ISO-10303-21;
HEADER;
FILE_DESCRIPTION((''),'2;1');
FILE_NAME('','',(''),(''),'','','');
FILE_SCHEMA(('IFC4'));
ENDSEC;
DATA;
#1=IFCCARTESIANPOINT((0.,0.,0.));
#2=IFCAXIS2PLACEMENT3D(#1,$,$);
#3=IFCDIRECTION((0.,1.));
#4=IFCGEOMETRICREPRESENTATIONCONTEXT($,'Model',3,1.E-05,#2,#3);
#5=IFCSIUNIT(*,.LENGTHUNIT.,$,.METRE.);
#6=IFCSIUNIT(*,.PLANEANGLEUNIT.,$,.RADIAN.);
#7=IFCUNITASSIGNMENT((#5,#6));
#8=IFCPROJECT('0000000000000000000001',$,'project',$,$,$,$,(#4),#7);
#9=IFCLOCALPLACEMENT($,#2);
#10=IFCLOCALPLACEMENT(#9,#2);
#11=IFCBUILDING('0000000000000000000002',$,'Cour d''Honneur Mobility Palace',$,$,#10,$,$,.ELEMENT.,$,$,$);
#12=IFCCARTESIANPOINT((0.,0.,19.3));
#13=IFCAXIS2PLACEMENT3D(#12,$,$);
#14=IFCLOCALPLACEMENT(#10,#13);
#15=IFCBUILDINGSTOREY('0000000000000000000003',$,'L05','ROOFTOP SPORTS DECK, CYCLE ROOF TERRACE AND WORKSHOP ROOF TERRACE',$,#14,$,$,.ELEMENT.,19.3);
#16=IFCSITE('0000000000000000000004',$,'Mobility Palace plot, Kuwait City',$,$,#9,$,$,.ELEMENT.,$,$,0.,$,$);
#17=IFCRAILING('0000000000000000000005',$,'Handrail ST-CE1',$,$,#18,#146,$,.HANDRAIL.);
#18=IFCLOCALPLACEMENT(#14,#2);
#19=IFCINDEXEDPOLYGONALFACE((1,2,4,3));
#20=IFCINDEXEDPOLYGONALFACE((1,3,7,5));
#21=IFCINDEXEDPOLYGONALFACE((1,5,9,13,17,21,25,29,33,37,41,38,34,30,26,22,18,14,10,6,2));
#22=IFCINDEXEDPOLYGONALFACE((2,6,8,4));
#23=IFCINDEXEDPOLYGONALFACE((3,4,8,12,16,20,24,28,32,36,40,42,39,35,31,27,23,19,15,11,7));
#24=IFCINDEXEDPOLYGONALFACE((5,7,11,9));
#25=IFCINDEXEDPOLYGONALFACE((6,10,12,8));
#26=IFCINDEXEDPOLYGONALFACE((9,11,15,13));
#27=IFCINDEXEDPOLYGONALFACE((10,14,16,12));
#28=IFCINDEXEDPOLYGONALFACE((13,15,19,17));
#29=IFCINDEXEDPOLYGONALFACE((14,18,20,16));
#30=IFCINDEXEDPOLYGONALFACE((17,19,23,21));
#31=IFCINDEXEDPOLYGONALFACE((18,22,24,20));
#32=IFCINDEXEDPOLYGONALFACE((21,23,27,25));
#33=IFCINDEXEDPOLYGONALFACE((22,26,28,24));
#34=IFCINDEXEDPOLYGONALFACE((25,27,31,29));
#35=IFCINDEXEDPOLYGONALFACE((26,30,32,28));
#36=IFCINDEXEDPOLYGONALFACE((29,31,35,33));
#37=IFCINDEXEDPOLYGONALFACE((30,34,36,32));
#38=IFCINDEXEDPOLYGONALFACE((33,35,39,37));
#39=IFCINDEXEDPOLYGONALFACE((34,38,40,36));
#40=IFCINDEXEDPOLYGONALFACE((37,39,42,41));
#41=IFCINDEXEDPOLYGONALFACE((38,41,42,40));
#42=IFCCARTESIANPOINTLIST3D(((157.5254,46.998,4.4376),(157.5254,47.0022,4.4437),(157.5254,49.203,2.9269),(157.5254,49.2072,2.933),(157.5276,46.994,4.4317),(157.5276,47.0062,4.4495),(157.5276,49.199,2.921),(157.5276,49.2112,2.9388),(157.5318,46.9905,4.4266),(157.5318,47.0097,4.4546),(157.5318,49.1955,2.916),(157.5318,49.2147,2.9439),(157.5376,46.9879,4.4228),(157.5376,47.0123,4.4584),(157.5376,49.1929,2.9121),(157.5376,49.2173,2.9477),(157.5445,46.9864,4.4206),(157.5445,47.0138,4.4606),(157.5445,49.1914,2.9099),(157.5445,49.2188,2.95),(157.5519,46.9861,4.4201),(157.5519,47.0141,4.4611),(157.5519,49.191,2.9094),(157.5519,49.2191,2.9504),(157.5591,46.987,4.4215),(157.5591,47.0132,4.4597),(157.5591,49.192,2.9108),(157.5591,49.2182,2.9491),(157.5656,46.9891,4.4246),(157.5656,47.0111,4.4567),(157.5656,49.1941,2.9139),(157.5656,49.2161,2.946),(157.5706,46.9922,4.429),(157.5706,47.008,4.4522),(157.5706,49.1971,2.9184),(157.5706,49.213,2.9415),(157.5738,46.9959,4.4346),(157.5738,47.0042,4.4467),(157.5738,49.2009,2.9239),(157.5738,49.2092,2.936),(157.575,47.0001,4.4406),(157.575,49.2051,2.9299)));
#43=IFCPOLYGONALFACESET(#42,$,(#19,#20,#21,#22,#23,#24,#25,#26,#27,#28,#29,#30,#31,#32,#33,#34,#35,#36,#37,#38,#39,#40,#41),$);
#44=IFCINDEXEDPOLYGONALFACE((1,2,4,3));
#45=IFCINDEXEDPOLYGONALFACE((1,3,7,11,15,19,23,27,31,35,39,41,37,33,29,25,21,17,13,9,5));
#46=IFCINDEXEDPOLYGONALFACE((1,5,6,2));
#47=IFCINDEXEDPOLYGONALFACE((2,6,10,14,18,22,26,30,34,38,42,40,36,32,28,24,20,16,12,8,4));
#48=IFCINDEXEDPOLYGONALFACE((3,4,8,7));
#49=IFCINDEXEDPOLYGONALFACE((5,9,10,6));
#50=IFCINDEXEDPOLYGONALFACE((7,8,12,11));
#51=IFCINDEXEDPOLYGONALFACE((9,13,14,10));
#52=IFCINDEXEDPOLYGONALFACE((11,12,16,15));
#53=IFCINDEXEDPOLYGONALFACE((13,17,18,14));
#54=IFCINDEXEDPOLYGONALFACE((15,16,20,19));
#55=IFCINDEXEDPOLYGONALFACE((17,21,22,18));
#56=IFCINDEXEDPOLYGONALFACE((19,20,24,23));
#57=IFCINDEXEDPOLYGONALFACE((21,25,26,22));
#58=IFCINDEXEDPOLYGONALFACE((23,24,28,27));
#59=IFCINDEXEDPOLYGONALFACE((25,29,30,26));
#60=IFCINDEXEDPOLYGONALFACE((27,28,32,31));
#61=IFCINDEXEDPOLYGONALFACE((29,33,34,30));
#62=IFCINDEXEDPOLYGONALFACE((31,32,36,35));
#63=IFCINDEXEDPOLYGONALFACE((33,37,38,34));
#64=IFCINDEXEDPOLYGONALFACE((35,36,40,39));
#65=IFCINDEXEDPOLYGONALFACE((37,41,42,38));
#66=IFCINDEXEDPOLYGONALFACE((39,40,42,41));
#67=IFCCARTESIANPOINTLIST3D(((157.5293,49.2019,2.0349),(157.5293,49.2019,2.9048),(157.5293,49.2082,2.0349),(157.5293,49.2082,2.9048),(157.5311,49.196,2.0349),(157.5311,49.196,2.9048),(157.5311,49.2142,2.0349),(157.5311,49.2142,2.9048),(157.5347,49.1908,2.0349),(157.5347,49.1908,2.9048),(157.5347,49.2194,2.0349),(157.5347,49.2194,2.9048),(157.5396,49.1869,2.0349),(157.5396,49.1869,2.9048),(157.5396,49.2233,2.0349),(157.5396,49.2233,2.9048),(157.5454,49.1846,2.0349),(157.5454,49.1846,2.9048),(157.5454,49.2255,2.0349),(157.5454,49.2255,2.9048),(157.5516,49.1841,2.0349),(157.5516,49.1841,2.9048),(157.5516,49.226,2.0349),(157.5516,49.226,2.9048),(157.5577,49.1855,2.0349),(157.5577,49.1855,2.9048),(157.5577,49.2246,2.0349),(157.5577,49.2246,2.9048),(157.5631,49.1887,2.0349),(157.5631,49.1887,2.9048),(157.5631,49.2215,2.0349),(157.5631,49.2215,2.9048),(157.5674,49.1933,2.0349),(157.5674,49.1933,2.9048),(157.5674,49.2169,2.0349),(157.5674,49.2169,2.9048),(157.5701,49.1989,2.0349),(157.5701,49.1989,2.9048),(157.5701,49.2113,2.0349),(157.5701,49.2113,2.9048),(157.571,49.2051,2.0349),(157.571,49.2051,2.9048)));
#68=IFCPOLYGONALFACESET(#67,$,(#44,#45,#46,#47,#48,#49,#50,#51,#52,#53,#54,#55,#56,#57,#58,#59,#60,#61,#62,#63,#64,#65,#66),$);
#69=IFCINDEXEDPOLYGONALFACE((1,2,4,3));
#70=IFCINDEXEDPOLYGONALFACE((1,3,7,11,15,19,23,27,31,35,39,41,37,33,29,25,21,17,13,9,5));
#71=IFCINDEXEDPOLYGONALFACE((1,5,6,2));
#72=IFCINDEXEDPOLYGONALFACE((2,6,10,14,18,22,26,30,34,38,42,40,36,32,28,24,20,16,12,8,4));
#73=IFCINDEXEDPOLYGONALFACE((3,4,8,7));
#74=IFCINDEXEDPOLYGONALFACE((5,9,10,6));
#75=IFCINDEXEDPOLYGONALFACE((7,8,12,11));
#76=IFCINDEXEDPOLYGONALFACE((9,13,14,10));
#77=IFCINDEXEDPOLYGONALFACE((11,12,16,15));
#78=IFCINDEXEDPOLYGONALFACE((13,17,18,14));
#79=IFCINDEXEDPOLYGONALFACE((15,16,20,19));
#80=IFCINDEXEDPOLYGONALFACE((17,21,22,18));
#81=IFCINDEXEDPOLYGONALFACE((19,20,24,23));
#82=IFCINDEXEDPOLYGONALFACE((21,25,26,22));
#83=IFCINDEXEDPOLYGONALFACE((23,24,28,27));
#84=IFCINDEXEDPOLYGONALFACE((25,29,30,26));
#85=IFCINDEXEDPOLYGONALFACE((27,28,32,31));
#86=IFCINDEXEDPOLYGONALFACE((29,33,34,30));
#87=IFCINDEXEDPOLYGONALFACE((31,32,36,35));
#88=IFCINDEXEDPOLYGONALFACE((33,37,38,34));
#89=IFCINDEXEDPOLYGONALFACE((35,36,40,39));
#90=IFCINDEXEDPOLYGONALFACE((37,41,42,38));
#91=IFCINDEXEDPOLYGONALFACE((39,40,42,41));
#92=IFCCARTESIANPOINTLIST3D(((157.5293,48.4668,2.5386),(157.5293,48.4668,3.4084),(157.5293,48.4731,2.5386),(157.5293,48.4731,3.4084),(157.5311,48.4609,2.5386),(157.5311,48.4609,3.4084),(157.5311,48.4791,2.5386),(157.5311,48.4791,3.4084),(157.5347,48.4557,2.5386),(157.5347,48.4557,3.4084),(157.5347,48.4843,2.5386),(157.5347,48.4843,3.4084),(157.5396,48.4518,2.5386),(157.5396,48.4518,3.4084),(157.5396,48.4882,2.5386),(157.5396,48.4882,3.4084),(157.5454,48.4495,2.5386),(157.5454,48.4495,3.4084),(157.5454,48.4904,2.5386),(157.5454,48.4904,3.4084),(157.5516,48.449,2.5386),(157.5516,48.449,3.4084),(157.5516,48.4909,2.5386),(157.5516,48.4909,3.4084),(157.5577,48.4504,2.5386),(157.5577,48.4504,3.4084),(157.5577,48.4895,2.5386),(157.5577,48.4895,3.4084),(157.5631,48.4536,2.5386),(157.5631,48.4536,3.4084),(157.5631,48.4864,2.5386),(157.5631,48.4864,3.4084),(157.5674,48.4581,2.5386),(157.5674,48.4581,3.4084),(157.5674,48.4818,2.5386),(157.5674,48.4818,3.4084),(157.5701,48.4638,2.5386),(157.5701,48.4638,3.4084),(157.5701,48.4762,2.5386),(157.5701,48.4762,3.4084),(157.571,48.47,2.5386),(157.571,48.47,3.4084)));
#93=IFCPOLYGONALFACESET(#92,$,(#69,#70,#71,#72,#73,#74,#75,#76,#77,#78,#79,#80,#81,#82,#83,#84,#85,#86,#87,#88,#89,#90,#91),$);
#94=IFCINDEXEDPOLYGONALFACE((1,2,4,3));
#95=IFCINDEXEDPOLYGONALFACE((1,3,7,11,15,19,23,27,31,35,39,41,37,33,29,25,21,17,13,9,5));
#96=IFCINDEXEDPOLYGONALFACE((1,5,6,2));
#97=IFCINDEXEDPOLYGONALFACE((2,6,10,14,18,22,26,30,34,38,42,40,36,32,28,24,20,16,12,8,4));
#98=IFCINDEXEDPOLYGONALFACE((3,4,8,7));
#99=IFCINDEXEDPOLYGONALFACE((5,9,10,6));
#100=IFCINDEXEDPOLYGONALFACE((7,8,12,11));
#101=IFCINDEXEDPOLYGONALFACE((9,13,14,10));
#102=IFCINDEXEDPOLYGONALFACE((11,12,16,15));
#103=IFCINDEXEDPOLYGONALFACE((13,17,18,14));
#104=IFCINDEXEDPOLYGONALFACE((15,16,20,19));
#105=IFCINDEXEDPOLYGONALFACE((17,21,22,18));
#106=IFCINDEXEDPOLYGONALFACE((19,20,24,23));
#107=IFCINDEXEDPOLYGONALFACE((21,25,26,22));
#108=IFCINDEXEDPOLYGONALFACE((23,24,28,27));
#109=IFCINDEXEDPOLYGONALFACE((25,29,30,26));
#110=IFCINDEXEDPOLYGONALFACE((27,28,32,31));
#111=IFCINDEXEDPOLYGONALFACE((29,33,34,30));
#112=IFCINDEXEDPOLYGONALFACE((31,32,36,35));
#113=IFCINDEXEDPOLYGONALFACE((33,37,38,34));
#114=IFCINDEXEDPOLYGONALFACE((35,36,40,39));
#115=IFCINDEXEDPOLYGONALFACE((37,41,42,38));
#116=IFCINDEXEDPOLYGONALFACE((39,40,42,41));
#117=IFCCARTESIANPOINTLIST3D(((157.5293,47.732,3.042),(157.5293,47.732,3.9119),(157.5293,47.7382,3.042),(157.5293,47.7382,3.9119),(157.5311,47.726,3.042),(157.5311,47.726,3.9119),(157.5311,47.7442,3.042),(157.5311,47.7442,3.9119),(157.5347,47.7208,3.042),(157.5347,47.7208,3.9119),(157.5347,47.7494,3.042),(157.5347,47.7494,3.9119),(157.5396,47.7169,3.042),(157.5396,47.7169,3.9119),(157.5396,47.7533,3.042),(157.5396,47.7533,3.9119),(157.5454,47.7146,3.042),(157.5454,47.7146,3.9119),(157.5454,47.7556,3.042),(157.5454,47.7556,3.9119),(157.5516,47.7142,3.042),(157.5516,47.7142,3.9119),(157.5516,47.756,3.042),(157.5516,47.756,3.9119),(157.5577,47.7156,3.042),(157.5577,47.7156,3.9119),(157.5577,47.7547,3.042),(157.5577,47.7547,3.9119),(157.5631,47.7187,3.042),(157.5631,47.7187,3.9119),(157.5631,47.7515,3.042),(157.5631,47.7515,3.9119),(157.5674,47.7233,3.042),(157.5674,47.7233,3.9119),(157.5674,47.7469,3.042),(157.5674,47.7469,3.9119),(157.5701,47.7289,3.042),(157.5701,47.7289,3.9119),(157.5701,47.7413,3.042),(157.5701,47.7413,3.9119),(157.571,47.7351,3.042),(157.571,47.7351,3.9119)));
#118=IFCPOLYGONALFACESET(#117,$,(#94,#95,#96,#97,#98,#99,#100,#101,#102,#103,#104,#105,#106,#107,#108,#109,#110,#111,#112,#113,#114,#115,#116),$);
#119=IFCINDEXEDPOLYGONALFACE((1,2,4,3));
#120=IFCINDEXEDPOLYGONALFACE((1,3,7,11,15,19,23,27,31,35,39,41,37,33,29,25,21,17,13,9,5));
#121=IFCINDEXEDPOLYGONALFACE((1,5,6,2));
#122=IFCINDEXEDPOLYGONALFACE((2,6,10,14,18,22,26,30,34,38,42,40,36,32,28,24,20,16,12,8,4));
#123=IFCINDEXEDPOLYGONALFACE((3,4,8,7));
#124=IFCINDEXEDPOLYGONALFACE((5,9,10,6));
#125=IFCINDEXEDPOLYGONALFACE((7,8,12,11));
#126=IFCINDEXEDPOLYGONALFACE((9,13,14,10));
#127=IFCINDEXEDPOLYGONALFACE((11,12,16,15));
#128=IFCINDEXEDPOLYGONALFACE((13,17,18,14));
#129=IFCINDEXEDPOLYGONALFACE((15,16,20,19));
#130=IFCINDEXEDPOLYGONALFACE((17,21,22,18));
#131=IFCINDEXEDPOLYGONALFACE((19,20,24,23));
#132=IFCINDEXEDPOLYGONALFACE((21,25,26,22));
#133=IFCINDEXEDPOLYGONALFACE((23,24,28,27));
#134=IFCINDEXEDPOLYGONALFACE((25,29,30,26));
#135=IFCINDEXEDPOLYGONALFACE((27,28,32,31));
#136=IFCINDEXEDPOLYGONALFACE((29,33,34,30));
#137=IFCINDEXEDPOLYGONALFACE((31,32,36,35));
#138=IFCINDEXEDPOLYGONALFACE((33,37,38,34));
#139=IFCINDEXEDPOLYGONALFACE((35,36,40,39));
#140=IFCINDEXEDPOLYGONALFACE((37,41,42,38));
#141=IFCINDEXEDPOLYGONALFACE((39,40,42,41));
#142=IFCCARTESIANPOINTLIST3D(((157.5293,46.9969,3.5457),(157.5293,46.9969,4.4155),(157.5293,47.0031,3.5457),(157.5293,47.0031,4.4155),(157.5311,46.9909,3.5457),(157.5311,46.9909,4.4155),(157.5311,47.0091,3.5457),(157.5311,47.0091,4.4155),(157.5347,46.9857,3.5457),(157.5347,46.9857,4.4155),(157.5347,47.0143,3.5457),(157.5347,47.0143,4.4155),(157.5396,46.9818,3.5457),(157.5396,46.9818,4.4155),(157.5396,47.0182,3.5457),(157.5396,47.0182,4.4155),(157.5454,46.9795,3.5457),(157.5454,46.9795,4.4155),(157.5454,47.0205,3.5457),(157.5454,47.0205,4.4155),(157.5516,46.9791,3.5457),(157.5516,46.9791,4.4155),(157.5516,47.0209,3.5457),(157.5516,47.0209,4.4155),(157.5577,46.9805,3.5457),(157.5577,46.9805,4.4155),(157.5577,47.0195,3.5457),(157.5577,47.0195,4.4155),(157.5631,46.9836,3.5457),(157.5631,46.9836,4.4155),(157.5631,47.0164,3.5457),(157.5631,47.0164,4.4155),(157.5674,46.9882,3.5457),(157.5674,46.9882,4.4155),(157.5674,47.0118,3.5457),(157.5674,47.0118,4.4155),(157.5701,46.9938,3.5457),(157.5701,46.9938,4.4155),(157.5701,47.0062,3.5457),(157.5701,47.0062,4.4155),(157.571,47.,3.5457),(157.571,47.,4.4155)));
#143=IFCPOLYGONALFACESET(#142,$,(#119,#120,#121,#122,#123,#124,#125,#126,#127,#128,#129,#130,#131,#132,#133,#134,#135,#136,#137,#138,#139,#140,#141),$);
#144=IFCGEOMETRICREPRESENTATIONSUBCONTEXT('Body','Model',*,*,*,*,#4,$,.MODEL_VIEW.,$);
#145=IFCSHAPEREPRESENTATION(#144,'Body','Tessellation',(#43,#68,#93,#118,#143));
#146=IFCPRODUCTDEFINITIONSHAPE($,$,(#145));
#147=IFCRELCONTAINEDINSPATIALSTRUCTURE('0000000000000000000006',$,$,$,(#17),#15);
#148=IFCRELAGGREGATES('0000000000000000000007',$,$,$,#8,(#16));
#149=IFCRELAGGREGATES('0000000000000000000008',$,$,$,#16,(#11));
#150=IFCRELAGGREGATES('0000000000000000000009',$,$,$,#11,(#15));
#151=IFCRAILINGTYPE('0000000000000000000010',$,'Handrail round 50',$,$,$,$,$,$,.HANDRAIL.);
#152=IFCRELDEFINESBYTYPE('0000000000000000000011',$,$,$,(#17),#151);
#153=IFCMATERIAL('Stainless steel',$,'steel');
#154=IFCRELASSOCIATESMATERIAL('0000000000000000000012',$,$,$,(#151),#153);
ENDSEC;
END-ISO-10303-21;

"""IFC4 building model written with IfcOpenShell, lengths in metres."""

from ifc_helpers import new_model, si_unit, direction, frame, origin, origin_2d, place, context, subcontext, project, spatial, circle, extrude, material, type_object, element, save


model = new_model("IFC4")

# Units and contexts
model_context = context("Model", 3, precision=1e-05, world=origin(), true_north=direction((0.0, 1.0)))
body_context = subcontext(model_context, "Body", "Model", "MODEL_VIEW")
ifc_project = project(units=[si_unit("LENGTHUNIT", "METRE"), si_unit("PLANEANGLEUNIT", "RADIAN")], contexts=[model_context])

# Site, building, storey
site_placement = place(None, origin())
site = spatial("IfcSite", under=ifc_project, at=site_placement, Name="Mobility Palace plot, Kuwait City", CompositionType="ELEMENT", RefElevation=0.0)
building_placement = place(site_placement, origin())
building = spatial("IfcBuilding", under=site, at=building_placement, Name="Cour d'Honneur Mobility Palace", CompositionType="ELEMENT")
storey_placement = place(building_placement, frame((0.0, 0.0, 19.3)))
storey = spatial("IfcBuildingStorey", under=building, at=storey_placement, Name="L05", Description="ROOFTOP SPORTS DECK, CYCLE ROOF TERRACE AND WORKSHOP ROOF TERRACE", CompositionType="ELEMENT", Elevation=19.3)

# Railing
ifc_material_1 = material(Name="Stainless steel", Category="steel")
railing_type_1 = type_object("IfcRailingType", Name="Handrail round 50", PredefinedType="HANDRAIL", material=ifc_material_1)
railing_1_placement = place(storey_placement, frame((157.55, 49.2051, 2.0349)))
element("IfcRailing", 1, at=railing_1_placement, inside=storey, type_object=railing_type_1, Name="Handrail ST-CE1", PredefinedType="HANDRAIL", context=body_context, shape_type="SweptSolid", body=[
    extrude(circle(Radius=0.0249, at=origin_2d()), frame((0.0, 0.0, 0.895), z_axis=(0.0, -0.824958, 0.565195), x_axis=(1.0, 0.0, 0.0)), (0.0, 0.0, 1.0), 2.6729),
    extrude(circle(Radius=0.021, at=origin_2d()), origin(), (0.0, 0.0, 1.0), 0.8699),
    extrude(circle(Radius=0.021, at=origin_2d()), frame((0.0, -0.7351, 0.5037)), (0.0, 0.0, 1.0), 0.8699),
    extrude(circle(Radius=0.021, at=origin_2d()), frame((0.0, -1.47, 1.0071)), (0.0, 0.0, 1.0), 0.8699),
    extrude(circle(Radius=0.021, at=origin_2d()), frame((0.0, -2.2051, 1.5107)), (0.0, 0.0, 1.0), 0.8699),
])

save(model, "model.ifc")
